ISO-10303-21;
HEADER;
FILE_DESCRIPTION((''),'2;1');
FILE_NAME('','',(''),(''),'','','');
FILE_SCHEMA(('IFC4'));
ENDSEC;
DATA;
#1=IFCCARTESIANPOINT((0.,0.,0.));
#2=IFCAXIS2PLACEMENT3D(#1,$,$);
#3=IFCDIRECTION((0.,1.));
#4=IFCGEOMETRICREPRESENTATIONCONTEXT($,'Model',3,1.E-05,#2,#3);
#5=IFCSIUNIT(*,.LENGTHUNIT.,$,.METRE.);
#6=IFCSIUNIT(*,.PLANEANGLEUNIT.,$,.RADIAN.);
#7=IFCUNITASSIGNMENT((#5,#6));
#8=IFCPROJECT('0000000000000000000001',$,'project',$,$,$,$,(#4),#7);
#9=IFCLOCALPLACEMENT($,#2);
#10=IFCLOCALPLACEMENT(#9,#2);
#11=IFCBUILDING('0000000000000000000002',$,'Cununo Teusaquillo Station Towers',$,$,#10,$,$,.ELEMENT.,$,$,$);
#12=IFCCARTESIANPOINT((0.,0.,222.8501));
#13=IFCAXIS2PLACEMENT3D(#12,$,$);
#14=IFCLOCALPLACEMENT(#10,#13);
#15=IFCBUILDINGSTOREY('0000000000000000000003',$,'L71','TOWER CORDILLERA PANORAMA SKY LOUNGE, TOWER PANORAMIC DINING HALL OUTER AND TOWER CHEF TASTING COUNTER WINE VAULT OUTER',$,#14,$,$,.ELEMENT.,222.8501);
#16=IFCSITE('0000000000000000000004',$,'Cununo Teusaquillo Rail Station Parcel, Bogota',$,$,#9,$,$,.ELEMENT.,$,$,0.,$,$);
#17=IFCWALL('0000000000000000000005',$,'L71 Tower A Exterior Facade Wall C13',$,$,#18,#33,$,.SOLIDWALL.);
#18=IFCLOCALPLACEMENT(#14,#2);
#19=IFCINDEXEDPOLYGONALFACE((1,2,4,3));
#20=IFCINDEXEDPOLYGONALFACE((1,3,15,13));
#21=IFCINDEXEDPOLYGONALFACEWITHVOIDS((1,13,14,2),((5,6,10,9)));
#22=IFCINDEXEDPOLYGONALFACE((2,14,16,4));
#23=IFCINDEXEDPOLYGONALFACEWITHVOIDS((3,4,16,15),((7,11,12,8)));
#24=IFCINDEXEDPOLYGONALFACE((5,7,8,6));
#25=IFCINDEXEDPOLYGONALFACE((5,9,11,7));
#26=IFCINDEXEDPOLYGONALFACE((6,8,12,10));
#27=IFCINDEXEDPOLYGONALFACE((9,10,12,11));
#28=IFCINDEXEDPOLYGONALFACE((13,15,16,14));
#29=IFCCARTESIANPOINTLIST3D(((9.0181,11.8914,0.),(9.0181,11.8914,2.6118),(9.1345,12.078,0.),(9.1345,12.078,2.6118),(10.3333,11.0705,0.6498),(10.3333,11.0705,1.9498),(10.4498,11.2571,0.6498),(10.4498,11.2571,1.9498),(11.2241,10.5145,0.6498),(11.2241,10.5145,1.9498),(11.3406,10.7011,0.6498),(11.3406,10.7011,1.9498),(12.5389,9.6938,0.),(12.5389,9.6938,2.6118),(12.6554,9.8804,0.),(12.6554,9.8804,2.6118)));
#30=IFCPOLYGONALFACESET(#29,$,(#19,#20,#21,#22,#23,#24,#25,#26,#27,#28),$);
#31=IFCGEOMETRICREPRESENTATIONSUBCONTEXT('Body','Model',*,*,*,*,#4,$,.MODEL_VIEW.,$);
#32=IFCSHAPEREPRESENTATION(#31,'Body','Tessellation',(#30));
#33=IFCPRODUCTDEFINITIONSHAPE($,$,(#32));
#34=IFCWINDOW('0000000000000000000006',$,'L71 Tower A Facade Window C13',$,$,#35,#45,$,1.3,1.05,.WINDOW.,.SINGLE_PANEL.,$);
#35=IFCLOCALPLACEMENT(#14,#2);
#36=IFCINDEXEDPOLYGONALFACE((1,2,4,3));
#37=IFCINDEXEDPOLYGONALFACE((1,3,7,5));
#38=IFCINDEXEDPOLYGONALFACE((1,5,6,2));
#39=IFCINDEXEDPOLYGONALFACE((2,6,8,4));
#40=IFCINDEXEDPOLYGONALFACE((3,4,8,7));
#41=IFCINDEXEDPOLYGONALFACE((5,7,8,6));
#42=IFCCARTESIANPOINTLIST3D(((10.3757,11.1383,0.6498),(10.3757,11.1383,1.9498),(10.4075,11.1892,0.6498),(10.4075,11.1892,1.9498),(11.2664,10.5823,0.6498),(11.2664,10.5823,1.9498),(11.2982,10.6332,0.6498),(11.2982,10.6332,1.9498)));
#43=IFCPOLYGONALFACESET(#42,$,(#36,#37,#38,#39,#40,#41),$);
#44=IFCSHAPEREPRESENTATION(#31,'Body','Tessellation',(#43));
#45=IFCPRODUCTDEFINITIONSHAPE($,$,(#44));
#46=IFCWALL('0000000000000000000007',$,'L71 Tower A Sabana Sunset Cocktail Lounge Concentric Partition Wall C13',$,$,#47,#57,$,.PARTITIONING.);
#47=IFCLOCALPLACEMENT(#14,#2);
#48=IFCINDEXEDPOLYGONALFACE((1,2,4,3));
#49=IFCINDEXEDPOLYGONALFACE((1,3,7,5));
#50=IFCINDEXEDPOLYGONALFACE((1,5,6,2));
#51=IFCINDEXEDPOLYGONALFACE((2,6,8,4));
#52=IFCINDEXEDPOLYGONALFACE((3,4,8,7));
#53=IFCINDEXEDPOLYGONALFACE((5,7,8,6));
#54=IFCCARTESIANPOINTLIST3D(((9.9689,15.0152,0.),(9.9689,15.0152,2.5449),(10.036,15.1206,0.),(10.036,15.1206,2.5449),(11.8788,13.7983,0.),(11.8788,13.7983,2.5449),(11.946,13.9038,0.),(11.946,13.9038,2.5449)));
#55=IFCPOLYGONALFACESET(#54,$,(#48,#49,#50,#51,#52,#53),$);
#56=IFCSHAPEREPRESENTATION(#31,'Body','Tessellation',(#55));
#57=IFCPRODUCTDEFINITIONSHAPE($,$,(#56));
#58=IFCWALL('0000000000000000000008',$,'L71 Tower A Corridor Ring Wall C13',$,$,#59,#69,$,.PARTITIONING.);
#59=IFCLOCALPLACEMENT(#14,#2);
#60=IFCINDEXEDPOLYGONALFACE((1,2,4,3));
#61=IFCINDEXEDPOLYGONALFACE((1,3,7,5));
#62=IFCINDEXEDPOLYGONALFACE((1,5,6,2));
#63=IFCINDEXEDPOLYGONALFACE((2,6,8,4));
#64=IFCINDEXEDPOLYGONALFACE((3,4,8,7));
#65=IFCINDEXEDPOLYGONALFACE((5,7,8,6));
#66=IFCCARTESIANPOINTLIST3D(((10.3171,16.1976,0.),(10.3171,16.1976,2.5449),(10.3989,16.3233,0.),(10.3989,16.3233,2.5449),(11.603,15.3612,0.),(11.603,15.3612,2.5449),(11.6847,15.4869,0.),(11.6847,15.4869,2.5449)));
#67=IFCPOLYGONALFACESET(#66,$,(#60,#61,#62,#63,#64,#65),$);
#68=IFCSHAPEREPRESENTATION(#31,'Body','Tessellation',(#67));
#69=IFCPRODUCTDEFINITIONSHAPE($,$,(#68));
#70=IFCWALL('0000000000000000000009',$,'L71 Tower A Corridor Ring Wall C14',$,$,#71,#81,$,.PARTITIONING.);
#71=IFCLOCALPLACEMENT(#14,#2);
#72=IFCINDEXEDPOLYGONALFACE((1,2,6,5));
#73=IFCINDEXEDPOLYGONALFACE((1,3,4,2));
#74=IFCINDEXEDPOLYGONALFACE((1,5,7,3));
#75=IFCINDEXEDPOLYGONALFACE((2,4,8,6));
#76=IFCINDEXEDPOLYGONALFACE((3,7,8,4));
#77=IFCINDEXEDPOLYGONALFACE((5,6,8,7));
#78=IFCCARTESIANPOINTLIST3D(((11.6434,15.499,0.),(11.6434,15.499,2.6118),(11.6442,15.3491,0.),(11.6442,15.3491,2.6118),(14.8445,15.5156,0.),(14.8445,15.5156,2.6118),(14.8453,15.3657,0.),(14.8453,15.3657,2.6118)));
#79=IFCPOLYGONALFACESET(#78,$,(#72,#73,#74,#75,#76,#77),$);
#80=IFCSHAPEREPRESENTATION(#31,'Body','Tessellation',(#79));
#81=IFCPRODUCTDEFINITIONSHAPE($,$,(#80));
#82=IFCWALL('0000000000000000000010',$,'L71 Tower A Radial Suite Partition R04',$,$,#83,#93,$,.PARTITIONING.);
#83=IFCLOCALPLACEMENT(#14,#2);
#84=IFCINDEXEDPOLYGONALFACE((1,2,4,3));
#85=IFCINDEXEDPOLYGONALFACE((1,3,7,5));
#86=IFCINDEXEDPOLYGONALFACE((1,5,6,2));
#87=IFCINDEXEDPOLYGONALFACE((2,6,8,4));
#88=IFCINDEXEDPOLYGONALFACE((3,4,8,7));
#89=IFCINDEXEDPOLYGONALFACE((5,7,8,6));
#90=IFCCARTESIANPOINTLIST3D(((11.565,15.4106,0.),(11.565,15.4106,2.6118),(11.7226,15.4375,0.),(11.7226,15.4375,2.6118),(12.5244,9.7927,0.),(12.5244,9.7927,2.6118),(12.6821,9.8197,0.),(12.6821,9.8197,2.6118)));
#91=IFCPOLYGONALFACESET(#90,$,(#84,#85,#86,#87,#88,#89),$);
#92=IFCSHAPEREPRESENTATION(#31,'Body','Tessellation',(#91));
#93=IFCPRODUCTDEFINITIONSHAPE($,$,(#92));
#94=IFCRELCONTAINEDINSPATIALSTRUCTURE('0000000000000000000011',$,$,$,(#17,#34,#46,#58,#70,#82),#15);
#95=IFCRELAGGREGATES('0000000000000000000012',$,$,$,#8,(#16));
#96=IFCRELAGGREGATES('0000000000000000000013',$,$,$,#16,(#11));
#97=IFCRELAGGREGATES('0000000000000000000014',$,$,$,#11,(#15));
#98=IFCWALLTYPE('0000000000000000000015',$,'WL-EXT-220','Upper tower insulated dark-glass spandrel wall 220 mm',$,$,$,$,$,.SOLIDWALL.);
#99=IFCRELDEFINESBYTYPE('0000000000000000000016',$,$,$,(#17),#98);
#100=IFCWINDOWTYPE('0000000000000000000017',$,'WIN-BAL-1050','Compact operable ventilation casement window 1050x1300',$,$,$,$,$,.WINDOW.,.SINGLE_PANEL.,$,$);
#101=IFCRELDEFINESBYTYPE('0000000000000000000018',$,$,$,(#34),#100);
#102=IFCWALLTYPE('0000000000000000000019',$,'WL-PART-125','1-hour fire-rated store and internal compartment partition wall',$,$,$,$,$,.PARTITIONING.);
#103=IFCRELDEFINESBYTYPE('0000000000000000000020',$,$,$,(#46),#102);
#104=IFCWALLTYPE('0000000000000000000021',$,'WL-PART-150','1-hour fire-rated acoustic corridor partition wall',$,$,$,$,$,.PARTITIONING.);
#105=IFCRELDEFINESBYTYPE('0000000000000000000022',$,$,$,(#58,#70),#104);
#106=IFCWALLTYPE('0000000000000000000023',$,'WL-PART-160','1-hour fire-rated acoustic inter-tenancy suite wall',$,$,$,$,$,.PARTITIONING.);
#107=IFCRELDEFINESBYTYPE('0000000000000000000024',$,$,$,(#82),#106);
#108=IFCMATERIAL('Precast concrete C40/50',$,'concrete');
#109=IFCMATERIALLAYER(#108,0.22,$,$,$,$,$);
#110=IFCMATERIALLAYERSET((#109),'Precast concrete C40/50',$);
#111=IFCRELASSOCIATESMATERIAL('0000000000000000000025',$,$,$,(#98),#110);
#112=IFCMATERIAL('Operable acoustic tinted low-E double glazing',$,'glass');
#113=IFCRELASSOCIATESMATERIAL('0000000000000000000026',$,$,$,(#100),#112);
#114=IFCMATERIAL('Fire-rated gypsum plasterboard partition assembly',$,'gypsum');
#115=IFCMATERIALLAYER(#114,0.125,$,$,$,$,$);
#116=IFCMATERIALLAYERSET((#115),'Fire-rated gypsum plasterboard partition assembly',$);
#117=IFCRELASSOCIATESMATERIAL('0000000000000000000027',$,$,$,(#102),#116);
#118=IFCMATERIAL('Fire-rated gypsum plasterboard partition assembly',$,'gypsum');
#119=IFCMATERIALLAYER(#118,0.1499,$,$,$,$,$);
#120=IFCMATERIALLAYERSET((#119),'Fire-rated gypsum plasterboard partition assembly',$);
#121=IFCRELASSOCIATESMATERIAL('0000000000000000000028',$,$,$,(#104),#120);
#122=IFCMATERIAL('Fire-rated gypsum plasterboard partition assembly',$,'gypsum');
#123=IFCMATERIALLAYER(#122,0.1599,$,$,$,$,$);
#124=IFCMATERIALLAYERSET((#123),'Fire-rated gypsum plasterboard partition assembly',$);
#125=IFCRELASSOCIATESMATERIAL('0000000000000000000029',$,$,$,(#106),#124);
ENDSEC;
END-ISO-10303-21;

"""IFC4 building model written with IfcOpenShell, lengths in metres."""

from ifc_helpers import new_model, si_unit, direction, frame, frame_2d, origin, place, context, subcontext, project, spatial, rectangle, extrude, source, transform, mapped, material, layer, layer_set, type_object, element, fill, save


model = new_model("IFC4")

# Units and contexts
model_context = context("Model", 3, precision=1e-05, world=origin(), true_north=direction((0.0, 1.0)))
body_context = subcontext(model_context, "Body", "Model", "MODEL_VIEW")
ifc_project = project(units=[si_unit("LENGTHUNIT", "METRE"), si_unit("PLANEANGLEUNIT", "RADIAN")], contexts=[model_context])

# Site, building, storey
site_placement = place(None, origin())
site = spatial("IfcSite", under=ifc_project, at=site_placement, Name="Cununo Teusaquillo Rail Station Parcel, Bogota", CompositionType="ELEMENT", RefElevation=0.0)
building_placement = place(site_placement, origin())
building = spatial("IfcBuilding", under=site, at=building_placement, Name="Cununo Teusaquillo Station Towers", CompositionType="ELEMENT")
storey_placement = place(building_placement, frame((0.0, 0.0, 222.8501)))
storey = spatial("IfcBuildingStorey", under=building, at=storey_placement, Name="L71", Description="TOWER CORDILLERA PANORAMA SKY LOUNGE, TOWER PANORAMIC DINING HALL OUTER AND TOWER CHEF TASTING COUNTER WINE VAULT OUTER", CompositionType="ELEMENT", Elevation=222.8501)

# Shared definitions
ifc_material_1 = material(Name="Precast concrete C40/50", Category="concrete")
ifc_layer_1 = layer(ifc_material_1, 0.22)
ifc_layer_set_1 = layer_set([ifc_layer_1], Name="Precast concrete C40/50")
wall_type_1 = type_object("IfcWallType", Name="WL-EXT-220", Description="Upper tower insulated dark-glass spandrel wall 220 mm", PredefinedType="SOLIDWALL", material=ifc_layer_set_1)
shared_shape_1 = source(origin(), body_context, "Body", "SweptSolid", [
    extrude(rectangle(XDim=1.05, YDim=1.3, at=frame_2d((0.5249, 0.6499))), frame((0.0, 0.1199, 0.0), z_axis=(0.0, -1.0, 0.0), x_axis=(1.0, 0.0, 0.0)), (0.0, 0.0, 1.0), 0.24),
])
ifc_material_2 = material(Name="Operable acoustic tinted low-E double glazing", Category="glass")
window_type = type_object("IfcWindowType", Name="WIN-BAL-1050", Description="Compact operable ventilation casement window 1050x1300", PartitioningType="SINGLE_PANEL", PredefinedType="WINDOW", material=ifc_material_2)
shared_shape_2 = source(origin(), body_context, "Body", "SweptSolid", [
    extrude(rectangle(XDim=1.05, YDim=1.3, at=frame_2d((0.5249, 0.6499))), frame((0.0, 0.03, 0.0), z_axis=(0.0, -1.0, 0.0), x_axis=(1.0, 0.0, 0.0)), (0.0, 0.0, 1.0), 0.0601),
])

# Wall, opening, window
wall_1_placement = place(storey_placement, frame((12.5972, 9.7871, 0.0), z_axis=(0.0, 0.0, 1.0), x_axis=(-0.848319, 0.529486, 0.0)))
wall_1 = element("IfcWall", 1, at=wall_1_placement, inside=storey, type_object=wall_type_1, Name="L71 Tower A Exterior Facade Wall C13", PredefinedType="SOLIDWALL", context=body_context, shape_type="SweptSolid", body=[
    extrude(rectangle(XDim=4.1504, YDim=0.22, at=frame_2d((2.0752, 0.0))), origin(), (0.0, 0.0, 1.0), 2.6118),
])
opening_1_placement = place(wall_1_placement, frame((1.55, 0.0, 0.6499)))
opening_1 = element("IfcOpeningElement", 2, at=opening_1_placement, cuts=wall_1, PredefinedType="OPENING", context=body_context, shape_type="MappedRepresentation", body=[
    mapped(shared_shape_1, transform((0.0, 0.0, 0.0), x_axis=(1.0, 0.0, 0.0), y_axis=(0.0, 1.0, 0.0), z_axis=(0.0, 0.0, 1.0), scale=1.0)),
])
window_1_placement = place(opening_1_placement, origin())
window_1 = element("IfcWindow", 3, at=window_1_placement, inside=storey, type_object=window_type, Name="L71 Tower A Facade Window C13", OverallHeight=1.3, OverallWidth=1.05, PartitioningType="SINGLE_PANEL", PredefinedType="WINDOW", context=body_context, shape_type="MappedRepresentation", body=[
    mapped(shared_shape_2, transform((0.0, 0.0, 0.0), x_axis=(1.0, 0.0, 0.0), y_axis=(0.0, 1.0, 0.0), z_axis=(0.0, 0.0, 1.0), scale=1.0)),
])
fill(opening_1, window_1)

# Walls
ifc_material_3 = material(Name="Fire-rated gypsum plasterboard partition assembly", Category="gypsum")
ifc_layer_2 = layer(ifc_material_3, 0.125)
ifc_layer_set_2 = layer_set([ifc_layer_2], Name="Fire-rated gypsum plasterboard partition assembly")
wall_type_2 = type_object("IfcWallType", Name="WL-PART-125", Description="1-hour fire-rated store and internal compartment partition wall", PredefinedType="PARTITIONING", material=ifc_layer_set_2)
wall_2_placement = place(storey_placement, frame((10.0024, 15.0679, 0.0), z_axis=(0.0, 0.0, 1.0), x_axis=(0.843382, -0.537315, 0.0)))
element("IfcWall", 4, at=wall_2_placement, inside=storey, type_object=wall_type_2, Name="L71 Tower A Sabana Sunset Cocktail Lounge Concentric Partition Wall C13", PredefinedType="PARTITIONING", context=body_context, shape_type="SweptSolid", body=[
    extrude(rectangle(XDim=2.2646, YDim=0.125, at=frame_2d((1.1323, 0.0))), origin(), (0.0, 0.0, 1.0), 2.5449),
])
ifc_material_4 = material(Name="Fire-rated gypsum plasterboard partition assembly", Category="gypsum")
ifc_layer_3 = layer(ifc_material_4, 0.1499)
ifc_layer_set_3 = layer_set([ifc_layer_3], Name="Fire-rated gypsum plasterboard partition assembly")
wall_type_3 = type_object("IfcWallType", Name="WL-PART-150", Description="1-hour fire-rated acoustic corridor partition wall", PredefinedType="PARTITIONING", material=ifc_layer_set_3)
wall_3_placement = place(storey_placement, frame((10.3579, 16.2605, 0.0), z_axis=(0.0, 0.0, 1.0), x_axis=(0.838265, -0.545262, 0.0)))
element("IfcWall", 5, at=wall_3_placement, inside=storey, type_object=wall_type_3, Name="L71 Tower A Corridor Ring Wall C13", PredefinedType="PARTITIONING", context=body_context, shape_type="SweptSolid", body=[
    extrude(rectangle(XDim=1.5339, YDim=0.1499, at=frame_2d((0.7671, 0.0))), origin(), (0.0, 0.0, 1.0), 2.5449),
])
wall_4_placement = place(storey_placement, frame((11.6438, 15.4241, 0.0), z_axis=(0.0, 0.0, 1.0), x_axis=(0.999987, 0.005186, 0.0)))
element("IfcWall", 6, at=wall_4_placement, inside=storey, type_object=wall_type_3, Name="L71 Tower A Corridor Ring Wall C14", PredefinedType="PARTITIONING", context=body_context, shape_type="SweptSolid", body=[
    extrude(rectangle(XDim=3.2012, YDim=0.1499, at=frame_2d((1.6006, 0.0))), origin(), (0.0, 0.0, 1.0), 2.6118),
])
ifc_material_5 = material(Name="Fire-rated gypsum plasterboard partition assembly", Category="gypsum")
ifc_layer_4 = layer(ifc_material_5, 0.1599)
ifc_layer_set_4 = layer_set([ifc_layer_4], Name="Fire-rated gypsum plasterboard partition assembly")
wall_type_4 = type_object("IfcWallType", Name="WL-PART-160", Description="1-hour fire-rated acoustic inter-tenancy suite wall", PredefinedType="PARTITIONING", material=ifc_layer_set_4)
wall_5_placement = place(storey_placement, frame((11.6438, 15.4241, 0.0), z_axis=(0.0, 0.0, 1.0), x_axis=(0.16835, -0.985727, 0.0)))
element("IfcWall", 7, at=wall_5_placement, inside=storey, type_object=wall_type_4, Name="L71 Tower A Radial Suite Partition R04", PredefinedType="PARTITIONING", context=body_context, shape_type="SweptSolid", body=[
    extrude(rectangle(XDim=5.6992, YDim=0.1599, at=frame_2d((2.8496, 0.0))), origin(), (0.0, 0.0, 1.0), 2.6118),
])

save(model, "model.ifc")
